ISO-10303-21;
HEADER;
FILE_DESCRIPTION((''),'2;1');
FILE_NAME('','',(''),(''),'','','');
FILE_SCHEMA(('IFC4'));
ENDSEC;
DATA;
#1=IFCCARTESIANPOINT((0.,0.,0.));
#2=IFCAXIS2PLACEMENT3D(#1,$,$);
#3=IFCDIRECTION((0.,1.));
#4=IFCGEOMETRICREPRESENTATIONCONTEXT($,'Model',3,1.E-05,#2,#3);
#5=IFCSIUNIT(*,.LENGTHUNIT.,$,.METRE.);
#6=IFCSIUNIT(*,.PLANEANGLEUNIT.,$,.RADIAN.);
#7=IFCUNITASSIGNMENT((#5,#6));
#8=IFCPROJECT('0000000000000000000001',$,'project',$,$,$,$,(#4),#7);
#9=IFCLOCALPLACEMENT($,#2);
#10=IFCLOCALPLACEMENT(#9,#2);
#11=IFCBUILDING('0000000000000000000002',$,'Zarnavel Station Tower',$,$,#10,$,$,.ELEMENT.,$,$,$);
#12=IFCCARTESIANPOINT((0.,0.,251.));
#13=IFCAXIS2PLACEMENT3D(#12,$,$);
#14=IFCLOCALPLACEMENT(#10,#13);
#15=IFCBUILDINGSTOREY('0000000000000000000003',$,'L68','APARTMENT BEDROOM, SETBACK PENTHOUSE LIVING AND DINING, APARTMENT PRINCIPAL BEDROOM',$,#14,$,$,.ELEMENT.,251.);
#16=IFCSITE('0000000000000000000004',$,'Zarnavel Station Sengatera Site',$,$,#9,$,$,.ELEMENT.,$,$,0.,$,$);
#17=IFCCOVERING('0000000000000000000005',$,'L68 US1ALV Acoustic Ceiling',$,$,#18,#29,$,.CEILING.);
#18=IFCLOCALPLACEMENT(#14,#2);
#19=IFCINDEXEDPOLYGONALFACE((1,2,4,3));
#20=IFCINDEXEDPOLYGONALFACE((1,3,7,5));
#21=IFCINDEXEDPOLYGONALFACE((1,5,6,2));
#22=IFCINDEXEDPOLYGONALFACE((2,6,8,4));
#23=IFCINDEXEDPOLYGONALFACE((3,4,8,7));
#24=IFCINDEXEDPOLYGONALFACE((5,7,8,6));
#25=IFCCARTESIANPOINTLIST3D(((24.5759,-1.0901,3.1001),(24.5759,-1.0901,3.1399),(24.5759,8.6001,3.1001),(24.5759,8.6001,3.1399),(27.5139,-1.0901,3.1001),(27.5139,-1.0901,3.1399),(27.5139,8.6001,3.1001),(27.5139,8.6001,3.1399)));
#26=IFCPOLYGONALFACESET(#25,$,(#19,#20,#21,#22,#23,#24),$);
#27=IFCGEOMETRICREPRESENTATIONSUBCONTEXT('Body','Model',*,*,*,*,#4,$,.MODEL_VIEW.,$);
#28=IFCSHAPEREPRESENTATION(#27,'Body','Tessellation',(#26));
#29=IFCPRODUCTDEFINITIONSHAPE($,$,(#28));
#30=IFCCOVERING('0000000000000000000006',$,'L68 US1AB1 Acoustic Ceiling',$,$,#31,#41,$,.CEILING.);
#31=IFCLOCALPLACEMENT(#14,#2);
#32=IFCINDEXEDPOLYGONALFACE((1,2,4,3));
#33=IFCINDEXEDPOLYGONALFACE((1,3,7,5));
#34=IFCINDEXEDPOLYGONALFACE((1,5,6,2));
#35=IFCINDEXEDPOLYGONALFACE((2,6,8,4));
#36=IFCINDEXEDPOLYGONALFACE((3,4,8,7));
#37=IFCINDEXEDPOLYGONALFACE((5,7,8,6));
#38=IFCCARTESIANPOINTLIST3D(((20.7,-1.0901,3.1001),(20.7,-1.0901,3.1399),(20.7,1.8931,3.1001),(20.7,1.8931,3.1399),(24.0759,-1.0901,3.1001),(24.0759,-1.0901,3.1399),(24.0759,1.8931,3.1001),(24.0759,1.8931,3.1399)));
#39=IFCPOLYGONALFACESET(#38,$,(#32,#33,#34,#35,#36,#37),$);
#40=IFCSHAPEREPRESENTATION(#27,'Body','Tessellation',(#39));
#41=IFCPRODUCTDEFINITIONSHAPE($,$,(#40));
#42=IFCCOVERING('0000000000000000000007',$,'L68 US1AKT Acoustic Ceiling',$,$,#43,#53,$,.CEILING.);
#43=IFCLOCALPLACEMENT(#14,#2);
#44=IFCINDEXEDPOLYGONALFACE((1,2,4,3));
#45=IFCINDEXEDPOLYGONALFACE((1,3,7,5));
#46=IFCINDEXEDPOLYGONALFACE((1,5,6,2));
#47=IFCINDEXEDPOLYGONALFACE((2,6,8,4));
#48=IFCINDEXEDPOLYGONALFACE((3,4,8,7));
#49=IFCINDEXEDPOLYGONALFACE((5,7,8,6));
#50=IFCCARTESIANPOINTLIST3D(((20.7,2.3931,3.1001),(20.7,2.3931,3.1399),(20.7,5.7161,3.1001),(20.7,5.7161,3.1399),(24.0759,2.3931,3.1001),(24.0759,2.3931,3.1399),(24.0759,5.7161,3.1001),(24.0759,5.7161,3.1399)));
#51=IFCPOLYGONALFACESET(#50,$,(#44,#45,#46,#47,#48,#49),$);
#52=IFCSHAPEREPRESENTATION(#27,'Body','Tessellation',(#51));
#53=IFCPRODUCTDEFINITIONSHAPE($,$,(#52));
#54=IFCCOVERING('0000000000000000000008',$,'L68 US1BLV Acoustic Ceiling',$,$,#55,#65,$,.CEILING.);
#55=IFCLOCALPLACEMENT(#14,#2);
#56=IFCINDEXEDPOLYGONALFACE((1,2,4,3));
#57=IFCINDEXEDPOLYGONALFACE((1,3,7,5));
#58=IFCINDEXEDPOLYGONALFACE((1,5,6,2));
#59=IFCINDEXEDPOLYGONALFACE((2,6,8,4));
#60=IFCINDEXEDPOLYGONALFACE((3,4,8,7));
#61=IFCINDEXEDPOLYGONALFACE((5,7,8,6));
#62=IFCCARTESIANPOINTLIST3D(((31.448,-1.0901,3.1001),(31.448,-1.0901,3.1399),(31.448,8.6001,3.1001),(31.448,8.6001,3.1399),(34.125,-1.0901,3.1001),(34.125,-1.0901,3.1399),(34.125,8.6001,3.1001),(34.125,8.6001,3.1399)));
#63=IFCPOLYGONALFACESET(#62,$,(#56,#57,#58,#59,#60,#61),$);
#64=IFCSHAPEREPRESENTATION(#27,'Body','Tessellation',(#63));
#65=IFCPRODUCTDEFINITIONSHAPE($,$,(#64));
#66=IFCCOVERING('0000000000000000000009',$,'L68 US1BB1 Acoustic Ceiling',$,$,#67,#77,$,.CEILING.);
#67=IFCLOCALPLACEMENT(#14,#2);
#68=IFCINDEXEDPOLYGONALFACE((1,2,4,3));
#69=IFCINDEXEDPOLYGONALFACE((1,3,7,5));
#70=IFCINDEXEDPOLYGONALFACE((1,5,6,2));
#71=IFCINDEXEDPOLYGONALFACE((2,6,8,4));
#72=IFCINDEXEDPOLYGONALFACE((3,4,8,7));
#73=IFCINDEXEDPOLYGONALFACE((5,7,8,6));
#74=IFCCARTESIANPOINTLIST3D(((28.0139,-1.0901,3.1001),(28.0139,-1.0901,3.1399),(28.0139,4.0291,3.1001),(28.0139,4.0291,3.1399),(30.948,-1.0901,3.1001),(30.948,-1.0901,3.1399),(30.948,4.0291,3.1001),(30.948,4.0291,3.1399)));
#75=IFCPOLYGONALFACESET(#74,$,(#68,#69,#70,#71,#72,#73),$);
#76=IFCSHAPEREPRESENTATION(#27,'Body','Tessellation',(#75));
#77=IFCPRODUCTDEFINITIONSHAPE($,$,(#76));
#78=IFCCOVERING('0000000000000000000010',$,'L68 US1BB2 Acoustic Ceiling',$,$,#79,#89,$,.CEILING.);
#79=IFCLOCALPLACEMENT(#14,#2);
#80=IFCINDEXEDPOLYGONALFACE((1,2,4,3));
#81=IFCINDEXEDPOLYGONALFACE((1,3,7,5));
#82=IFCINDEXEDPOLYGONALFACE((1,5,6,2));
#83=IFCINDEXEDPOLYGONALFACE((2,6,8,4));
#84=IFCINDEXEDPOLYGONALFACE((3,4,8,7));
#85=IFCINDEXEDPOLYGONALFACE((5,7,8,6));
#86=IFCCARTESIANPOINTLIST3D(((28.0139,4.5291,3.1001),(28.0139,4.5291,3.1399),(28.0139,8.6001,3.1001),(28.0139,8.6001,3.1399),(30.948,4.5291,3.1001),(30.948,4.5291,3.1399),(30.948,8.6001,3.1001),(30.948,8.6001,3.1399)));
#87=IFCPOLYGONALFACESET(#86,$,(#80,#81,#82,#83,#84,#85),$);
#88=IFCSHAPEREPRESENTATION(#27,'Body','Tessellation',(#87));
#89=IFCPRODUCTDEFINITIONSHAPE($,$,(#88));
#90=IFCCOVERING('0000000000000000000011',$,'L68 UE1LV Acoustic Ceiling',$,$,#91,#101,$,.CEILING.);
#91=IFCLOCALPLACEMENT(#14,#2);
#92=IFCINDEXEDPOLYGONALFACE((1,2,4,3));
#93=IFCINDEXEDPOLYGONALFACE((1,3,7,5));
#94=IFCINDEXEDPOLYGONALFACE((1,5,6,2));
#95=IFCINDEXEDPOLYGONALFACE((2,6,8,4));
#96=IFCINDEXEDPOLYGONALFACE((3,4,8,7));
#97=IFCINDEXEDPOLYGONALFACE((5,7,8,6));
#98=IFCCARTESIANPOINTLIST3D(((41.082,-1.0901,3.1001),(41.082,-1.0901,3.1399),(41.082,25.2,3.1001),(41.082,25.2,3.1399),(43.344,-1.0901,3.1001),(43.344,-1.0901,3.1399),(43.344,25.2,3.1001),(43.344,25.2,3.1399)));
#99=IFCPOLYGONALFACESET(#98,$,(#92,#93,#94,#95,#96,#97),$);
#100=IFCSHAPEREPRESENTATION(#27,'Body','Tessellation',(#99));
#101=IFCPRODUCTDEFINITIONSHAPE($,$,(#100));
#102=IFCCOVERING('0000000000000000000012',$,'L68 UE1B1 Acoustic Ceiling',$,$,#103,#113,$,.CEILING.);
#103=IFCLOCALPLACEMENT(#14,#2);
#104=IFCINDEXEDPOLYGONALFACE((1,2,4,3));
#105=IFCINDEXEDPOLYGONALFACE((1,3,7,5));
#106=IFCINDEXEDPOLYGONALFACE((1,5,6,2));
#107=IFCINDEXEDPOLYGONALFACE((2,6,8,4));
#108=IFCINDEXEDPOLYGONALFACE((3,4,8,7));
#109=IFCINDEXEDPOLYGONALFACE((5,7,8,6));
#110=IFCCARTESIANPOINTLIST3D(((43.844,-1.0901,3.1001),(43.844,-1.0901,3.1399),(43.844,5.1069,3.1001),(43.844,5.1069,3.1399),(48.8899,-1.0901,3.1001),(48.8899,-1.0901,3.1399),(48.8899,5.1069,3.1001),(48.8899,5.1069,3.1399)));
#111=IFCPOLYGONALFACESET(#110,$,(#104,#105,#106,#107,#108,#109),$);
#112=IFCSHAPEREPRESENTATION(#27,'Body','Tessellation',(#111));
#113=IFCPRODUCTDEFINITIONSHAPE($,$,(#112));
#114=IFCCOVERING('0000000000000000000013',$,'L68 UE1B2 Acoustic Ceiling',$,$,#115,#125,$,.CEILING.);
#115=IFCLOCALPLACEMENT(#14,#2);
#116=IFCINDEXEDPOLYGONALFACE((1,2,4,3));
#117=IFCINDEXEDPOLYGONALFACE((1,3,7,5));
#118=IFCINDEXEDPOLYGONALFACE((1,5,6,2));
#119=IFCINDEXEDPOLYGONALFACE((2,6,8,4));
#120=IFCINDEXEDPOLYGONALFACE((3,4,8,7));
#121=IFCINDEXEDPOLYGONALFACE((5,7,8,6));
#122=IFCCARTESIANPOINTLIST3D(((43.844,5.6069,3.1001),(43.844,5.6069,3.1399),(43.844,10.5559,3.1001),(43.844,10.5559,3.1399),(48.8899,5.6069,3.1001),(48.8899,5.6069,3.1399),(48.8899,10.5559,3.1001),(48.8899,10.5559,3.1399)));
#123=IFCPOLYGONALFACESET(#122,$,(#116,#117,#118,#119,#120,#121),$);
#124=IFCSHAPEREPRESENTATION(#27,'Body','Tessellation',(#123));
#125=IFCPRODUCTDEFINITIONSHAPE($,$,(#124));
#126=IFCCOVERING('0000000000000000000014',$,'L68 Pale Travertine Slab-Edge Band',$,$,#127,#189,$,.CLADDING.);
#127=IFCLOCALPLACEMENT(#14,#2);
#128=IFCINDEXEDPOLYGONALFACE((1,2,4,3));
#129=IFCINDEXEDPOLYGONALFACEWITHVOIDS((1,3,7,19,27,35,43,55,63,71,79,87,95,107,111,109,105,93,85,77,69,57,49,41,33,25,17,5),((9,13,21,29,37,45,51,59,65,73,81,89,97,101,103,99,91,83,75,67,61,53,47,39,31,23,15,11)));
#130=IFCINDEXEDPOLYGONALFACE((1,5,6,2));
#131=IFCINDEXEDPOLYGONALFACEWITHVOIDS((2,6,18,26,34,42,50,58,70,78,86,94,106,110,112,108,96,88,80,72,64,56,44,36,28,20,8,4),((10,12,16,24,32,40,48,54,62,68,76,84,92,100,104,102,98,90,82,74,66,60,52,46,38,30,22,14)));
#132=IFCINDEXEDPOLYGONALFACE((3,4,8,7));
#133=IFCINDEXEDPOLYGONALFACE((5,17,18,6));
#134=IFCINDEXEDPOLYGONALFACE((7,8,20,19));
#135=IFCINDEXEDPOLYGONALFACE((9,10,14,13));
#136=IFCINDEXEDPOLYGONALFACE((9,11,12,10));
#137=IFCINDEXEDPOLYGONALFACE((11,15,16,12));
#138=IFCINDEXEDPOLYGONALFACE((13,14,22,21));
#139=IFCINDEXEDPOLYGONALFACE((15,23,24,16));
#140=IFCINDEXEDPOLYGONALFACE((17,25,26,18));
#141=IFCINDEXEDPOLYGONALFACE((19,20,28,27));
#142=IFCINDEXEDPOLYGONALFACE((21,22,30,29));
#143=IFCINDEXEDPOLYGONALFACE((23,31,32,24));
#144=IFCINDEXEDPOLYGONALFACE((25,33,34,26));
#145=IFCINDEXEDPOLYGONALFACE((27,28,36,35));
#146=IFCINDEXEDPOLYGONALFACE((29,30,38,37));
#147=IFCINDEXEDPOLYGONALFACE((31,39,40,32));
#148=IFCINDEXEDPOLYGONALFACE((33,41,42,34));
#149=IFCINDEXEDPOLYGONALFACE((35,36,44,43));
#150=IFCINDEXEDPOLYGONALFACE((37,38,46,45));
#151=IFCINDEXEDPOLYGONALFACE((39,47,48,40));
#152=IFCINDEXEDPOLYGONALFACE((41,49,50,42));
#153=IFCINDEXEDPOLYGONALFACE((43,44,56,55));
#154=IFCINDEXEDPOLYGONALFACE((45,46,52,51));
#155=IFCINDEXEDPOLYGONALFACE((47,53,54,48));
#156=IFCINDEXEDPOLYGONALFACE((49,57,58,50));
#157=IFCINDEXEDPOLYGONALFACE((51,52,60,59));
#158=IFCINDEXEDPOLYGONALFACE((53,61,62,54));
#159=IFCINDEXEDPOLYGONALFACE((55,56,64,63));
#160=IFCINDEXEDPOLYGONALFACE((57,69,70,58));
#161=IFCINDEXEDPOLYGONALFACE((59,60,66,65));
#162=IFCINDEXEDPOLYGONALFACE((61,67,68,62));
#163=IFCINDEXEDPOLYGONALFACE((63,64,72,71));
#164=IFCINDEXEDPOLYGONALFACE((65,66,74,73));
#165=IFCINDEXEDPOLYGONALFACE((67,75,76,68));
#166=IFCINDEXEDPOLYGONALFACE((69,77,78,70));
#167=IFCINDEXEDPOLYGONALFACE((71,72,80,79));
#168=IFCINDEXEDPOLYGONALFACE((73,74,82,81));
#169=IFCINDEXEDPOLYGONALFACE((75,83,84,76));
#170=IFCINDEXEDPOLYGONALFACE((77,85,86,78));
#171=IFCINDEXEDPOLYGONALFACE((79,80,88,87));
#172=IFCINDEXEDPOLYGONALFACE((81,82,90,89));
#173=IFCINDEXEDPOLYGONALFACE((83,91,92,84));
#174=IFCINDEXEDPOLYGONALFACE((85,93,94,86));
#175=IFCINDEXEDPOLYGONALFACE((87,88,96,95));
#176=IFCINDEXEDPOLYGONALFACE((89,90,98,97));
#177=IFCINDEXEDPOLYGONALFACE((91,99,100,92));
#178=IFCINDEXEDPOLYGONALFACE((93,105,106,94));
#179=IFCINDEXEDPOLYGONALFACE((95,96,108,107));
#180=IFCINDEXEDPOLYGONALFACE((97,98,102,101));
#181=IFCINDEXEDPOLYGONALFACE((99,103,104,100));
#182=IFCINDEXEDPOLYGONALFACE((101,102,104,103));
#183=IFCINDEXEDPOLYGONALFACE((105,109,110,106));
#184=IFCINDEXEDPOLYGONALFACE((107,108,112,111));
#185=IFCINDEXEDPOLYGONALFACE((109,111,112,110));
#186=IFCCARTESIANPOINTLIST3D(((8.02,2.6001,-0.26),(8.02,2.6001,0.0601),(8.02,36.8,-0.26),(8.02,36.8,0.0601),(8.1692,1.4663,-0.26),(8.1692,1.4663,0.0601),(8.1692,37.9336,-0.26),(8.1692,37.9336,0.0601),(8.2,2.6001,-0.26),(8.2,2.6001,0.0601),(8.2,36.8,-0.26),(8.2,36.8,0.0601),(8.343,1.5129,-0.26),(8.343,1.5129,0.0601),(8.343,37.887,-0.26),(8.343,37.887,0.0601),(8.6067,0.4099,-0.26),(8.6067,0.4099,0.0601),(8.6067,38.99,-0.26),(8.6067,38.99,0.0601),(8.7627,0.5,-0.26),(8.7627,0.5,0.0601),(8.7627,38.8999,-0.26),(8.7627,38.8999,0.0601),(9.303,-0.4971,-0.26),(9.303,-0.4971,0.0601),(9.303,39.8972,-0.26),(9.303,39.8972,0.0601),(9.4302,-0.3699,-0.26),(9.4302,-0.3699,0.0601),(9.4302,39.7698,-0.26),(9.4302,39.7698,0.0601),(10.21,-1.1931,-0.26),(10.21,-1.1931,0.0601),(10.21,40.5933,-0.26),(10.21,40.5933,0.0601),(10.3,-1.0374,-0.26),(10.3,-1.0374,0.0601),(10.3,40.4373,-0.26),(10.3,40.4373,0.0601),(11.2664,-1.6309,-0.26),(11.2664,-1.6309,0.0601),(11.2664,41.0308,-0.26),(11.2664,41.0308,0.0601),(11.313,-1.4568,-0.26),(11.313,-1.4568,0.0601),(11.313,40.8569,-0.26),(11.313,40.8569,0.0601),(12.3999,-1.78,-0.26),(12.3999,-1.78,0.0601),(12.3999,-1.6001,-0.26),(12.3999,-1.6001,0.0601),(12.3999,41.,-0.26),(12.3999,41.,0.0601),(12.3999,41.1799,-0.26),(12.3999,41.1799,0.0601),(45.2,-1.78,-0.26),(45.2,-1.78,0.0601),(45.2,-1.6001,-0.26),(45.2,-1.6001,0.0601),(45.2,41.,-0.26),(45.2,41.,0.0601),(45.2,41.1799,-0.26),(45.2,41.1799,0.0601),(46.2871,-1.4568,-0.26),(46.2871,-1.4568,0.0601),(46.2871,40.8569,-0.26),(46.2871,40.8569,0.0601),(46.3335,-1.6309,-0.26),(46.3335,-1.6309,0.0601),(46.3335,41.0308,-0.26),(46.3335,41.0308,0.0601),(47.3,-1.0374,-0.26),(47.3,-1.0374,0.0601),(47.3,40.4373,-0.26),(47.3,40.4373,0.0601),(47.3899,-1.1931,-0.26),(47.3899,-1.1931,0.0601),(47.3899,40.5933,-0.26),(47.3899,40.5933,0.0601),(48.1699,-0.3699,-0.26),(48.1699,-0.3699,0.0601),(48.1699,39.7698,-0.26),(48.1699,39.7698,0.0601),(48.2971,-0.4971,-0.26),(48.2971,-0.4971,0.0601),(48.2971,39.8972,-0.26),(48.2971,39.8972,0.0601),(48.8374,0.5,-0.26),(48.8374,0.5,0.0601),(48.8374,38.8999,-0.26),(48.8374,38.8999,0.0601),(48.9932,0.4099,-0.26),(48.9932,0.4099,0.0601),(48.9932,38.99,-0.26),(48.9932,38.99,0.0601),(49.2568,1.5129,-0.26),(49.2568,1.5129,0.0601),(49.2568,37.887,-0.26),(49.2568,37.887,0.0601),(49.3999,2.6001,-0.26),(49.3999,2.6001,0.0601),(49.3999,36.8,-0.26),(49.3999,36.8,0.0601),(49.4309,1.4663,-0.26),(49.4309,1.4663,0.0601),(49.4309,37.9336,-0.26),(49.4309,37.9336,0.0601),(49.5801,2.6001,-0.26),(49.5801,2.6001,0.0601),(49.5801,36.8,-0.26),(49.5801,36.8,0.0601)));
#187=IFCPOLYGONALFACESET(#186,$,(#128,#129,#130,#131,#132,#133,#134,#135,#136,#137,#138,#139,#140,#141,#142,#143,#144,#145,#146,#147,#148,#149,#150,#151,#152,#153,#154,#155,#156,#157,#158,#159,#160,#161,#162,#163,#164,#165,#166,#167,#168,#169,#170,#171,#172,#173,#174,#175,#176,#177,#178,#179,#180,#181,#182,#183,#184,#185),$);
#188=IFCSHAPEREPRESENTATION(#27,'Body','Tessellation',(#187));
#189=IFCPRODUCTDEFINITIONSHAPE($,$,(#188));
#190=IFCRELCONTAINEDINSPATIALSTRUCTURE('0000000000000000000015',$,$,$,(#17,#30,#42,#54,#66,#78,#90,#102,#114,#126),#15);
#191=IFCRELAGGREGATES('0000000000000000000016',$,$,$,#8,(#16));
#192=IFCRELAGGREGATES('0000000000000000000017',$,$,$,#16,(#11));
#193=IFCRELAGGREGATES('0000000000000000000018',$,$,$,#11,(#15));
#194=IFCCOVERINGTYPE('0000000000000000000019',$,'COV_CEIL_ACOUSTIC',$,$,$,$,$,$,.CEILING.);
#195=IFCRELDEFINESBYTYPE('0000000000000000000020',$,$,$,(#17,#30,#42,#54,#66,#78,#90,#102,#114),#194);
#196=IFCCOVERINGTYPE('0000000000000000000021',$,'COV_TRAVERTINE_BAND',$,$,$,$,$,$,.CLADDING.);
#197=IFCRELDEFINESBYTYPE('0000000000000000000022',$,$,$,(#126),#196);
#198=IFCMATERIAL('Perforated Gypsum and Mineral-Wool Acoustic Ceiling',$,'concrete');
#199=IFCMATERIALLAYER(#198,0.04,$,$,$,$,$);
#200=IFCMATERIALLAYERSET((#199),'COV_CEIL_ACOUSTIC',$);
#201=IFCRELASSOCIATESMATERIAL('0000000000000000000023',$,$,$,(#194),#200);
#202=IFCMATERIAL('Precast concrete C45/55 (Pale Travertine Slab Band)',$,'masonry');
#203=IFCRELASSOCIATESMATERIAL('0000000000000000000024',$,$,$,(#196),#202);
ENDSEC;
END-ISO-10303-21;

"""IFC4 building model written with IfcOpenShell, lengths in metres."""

from ifc_helpers import new_model, si_unit, direction, frame, origin, place, context, subcontext, project, spatial, polyline, outline, extrude, material, layer, layer_set, type_object, element, save


model = new_model("IFC4")

# Units and contexts
model_context = context("Model", 3, precision=1e-05, world=origin(), true_north=direction((0.0, 1.0)))
body_context = subcontext(model_context, "Body", "Model", "MODEL_VIEW")
ifc_project = project(units=[si_unit("LENGTHUNIT", "METRE"), si_unit("PLANEANGLEUNIT", "RADIAN")], contexts=[model_context])

# Site, building, storey
site_placement = place(None, origin())
site = spatial("IfcSite", under=ifc_project, at=site_placement, Name="Zarnavel Station Sengatera Site", CompositionType="ELEMENT", RefElevation=0.0)
building_placement = place(site_placement, origin())
building = spatial("IfcBuilding", under=site, at=building_placement, Name="Zarnavel Station Tower", CompositionType="ELEMENT")
storey_placement = place(building_placement, frame((0.0, 0.0, 251.0)))
storey = spatial("IfcBuildingStorey", under=building, at=storey_placement, Name="L68", Description="APARTMENT BEDROOM, SETBACK PENTHOUSE LIVING AND DINING, APARTMENT PRINCIPAL BEDROOM", CompositionType="ELEMENT", Elevation=251.0)

# Coverings
ifc_material_1 = material(Name="Perforated Gypsum and Mineral-Wool Acoustic Ceiling", Category="concrete")
ifc_layer_1 = layer(ifc_material_1, 0.04)
ifc_layer_set_1 = layer_set([ifc_layer_1], Name="COV_CEIL_ACOUSTIC")
covering_type_1 = type_object("IfcCoveringType", Name="COV_CEIL_ACOUSTIC", PredefinedType="CEILING", material=ifc_layer_set_1)
covering_1_placement = place(storey_placement, frame((0.0, 0.0, 3.1001)))
element("IfcCovering", 1, at=covering_1_placement, inside=storey, type_object=covering_type_1, Name="L68 US1ALV Acoustic Ceiling", PredefinedType="CEILING", context=body_context, shape_type="SweptSolid", body=[
    extrude(outline(polyline([(24.5759, -1.0901), (27.5139, -1.0901), (27.5139, 8.6001), (24.5759, 8.6001), (24.5759, -1.0901)])), origin(), (0.0, 0.0, 1.0), 0.0398),
])
covering_2_placement = place(storey_placement, frame((0.0, 0.0, 3.1001)))
element("IfcCovering", 2, at=covering_2_placement, inside=storey, type_object=covering_type_1, Name="L68 US1AB1 Acoustic Ceiling", PredefinedType="CEILING", context=body_context, shape_type="SweptSolid", body=[
    extrude(outline(polyline([(20.7, -1.0901), (24.0759, -1.0901), (24.0759, 1.8931), (20.7, 1.8931), (20.7, -1.0901)])), origin(), (0.0, 0.0, 1.0), 0.0398),
])
covering_3_placement = place(storey_placement, frame((0.0, 0.0, 3.1001)))
element("IfcCovering", 3, at=covering_3_placement, inside=storey, type_object=covering_type_1, Name="L68 US1AKT Acoustic Ceiling", PredefinedType="CEILING", context=body_context, shape_type="SweptSolid", body=[
    extrude(outline(polyline([(20.7, 2.3931), (24.0759, 2.3931), (24.0759, 5.7161), (20.7, 5.7161), (20.7, 2.3931)])), origin(), (0.0, 0.0, 1.0), 0.0398),
])
covering_4_placement = place(storey_placement, frame((0.0, 0.0, 3.1001)))
element("IfcCovering", 4, at=covering_4_placement, inside=storey, type_object=covering_type_1, Name="L68 US1BLV Acoustic Ceiling", PredefinedType="CEILING", context=body_context, shape_type="SweptSolid", body=[
    extrude(outline(polyline([(31.448, -1.0901), (34.125, -1.0901), (34.125, 8.6001), (31.448, 8.6001), (31.448, -1.0901)])), origin(), (0.0, 0.0, 1.0), 0.0398),
])
covering_5_placement = place(storey_placement, frame((0.0, 0.0, 3.1001)))
element("IfcCovering", 5, at=covering_5_placement, inside=storey, type_object=covering_type_1, Name="L68 US1BB1 Acoustic Ceiling", PredefinedType="CEILING", context=body_context, shape_type="SweptSolid", body=[
    extrude(outline(polyline([(28.0139, -1.0901), (30.948, -1.0901), (30.948, 4.0291), (28.0139, 4.0291), (28.0139, -1.0901)])), origin(), (0.0, 0.0, 1.0), 0.0398),
])
covering_6_placement = place(storey_placement, frame((0.0, 0.0, 3.1001)))
element("IfcCovering", 6, at=covering_6_placement, inside=storey, type_object=covering_type_1, Name="L68 US1BB2 Acoustic Ceiling", PredefinedType="CEILING", context=body_context, shape_type="SweptSolid", body=[
    extrude(outline(polyline([(28.0139, 4.5291), (30.948, 4.5291), (30.948, 8.6001), (28.0139, 8.6001), (28.0139, 4.5291)])), origin(), (0.0, 0.0, 1.0), 0.0398),
])
covering_7_placement = place(storey_placement, frame((0.0, 0.0, 3.1001)))
element("IfcCovering", 7, at=covering_7_placement, inside=storey, type_object=covering_type_1, Name="L68 UE1LV Acoustic Ceiling", PredefinedType="CEILING", context=body_context, shape_type="SweptSolid", body=[
    extrude(outline(polyline([(41.082, -1.0901), (43.344, -1.0901), (43.344, 25.2), (41.082, 25.2), (41.082, -1.0901)])), origin(), (0.0, 0.0, 1.0), 0.0398),
])
covering_8_placement = place(storey_placement, frame((0.0, 0.0, 3.1001)))
element("IfcCovering", 8, at=covering_8_placement, inside=storey, type_object=covering_type_1, Name="L68 UE1B1 Acoustic Ceiling", PredefinedType="CEILING", context=body_context, shape_type="SweptSolid", body=[
    extrude(outline(polyline([(43.844, -1.0901), (48.8899, -1.0901), (48.8899, 5.1069), (43.844, 5.1069), (43.844, -1.0901)])), origin(), (0.0, 0.0, 1.0), 0.0398),
])
covering_9_placement = place(storey_placement, frame((0.0, 0.0, 3.1001)))
element("IfcCovering", 9, at=covering_9_placement, inside=storey, type_object=covering_type_1, Name="L68 UE1B2 Acoustic Ceiling", PredefinedType="CEILING", context=body_context, shape_type="SweptSolid", body=[
    extrude(outline(polyline([(43.844, 5.6069), (48.8899, 5.6069), (48.8899, 10.5559), (43.844, 10.5559), (43.844, 5.6069)])), origin(), (0.0, 0.0, 1.0), 0.0398),
])
ifc_material_2 = material(Name="Precast concrete C45/55 (Pale Travertine Slab Band)", Category="masonry")
covering_type_2 = type_object("IfcCoveringType", Name="COV_TRAVERTINE_BAND", PredefinedType="CLADDING", material=ifc_material_2)
covering_10_placement = place(storey_placement, frame((0.0, 0.0, -0.26)))
element("IfcCovering", 10, at=covering_10_placement, inside=storey, type_object=covering_type_2, Name="L68 Pale Travertine Slab-Edge Band", PredefinedType="CLADDING", context=body_context, shape_type="SweptSolid", body=[
    extrude(outline(polyline([(45.2, -1.78), (46.3335, -1.6309), (47.3899, -1.1931), (48.2971, -0.4971), (48.9932, 0.4099), (49.4309, 1.4663), (49.5801, 2.6001), (49.5801, 36.8), (49.4309, 37.9336), (48.9932, 38.99), (48.2971, 39.8972), (47.3899, 40.5933), (46.3335, 41.0308), (45.2, 41.1799), (12.3999, 41.1799), (11.2664, 41.0308), (10.21, 40.5933), (9.303, 39.8972), (8.6067, 38.99), (8.1692, 37.9336), (8.02, 36.8), (8.02, 2.6001), (8.1692, 1.4663), (8.6067, 0.4099), (9.303, -0.4971), (10.21, -1.1931), (11.2664, -1.6309), (12.3999, -1.78), (45.2, -1.78)]), holes=[polyline([(45.2, -1.6001), (46.2871, -1.4568), (47.3, -1.0374), (48.1699, -0.3699), (48.8374, 0.5), (49.2568, 1.5129), (49.3999, 2.6001), (49.3999, 36.8), (49.2568, 37.887), (48.8374, 38.8999), (48.1699, 39.7698), (47.3, 40.4373), (46.2871, 40.8569), (45.2, 41.0), (12.3999, 41.0), (11.313, 40.8569), (10.3, 40.4373), (9.4302, 39.7698), (8.7627, 38.8999), (8.343, 37.887), (8.2, 36.8), (8.2, 2.6001), (8.343, 1.5129), (8.7627, 0.5), (9.4302, -0.3699), (10.3, -1.0374), (11.313, -1.4568), (12.3999, -1.6001), (45.2, -1.6001)])]), origin(), (0.0, 0.0, 1.0), 0.3201),
])

save(model, "model.ifc")
